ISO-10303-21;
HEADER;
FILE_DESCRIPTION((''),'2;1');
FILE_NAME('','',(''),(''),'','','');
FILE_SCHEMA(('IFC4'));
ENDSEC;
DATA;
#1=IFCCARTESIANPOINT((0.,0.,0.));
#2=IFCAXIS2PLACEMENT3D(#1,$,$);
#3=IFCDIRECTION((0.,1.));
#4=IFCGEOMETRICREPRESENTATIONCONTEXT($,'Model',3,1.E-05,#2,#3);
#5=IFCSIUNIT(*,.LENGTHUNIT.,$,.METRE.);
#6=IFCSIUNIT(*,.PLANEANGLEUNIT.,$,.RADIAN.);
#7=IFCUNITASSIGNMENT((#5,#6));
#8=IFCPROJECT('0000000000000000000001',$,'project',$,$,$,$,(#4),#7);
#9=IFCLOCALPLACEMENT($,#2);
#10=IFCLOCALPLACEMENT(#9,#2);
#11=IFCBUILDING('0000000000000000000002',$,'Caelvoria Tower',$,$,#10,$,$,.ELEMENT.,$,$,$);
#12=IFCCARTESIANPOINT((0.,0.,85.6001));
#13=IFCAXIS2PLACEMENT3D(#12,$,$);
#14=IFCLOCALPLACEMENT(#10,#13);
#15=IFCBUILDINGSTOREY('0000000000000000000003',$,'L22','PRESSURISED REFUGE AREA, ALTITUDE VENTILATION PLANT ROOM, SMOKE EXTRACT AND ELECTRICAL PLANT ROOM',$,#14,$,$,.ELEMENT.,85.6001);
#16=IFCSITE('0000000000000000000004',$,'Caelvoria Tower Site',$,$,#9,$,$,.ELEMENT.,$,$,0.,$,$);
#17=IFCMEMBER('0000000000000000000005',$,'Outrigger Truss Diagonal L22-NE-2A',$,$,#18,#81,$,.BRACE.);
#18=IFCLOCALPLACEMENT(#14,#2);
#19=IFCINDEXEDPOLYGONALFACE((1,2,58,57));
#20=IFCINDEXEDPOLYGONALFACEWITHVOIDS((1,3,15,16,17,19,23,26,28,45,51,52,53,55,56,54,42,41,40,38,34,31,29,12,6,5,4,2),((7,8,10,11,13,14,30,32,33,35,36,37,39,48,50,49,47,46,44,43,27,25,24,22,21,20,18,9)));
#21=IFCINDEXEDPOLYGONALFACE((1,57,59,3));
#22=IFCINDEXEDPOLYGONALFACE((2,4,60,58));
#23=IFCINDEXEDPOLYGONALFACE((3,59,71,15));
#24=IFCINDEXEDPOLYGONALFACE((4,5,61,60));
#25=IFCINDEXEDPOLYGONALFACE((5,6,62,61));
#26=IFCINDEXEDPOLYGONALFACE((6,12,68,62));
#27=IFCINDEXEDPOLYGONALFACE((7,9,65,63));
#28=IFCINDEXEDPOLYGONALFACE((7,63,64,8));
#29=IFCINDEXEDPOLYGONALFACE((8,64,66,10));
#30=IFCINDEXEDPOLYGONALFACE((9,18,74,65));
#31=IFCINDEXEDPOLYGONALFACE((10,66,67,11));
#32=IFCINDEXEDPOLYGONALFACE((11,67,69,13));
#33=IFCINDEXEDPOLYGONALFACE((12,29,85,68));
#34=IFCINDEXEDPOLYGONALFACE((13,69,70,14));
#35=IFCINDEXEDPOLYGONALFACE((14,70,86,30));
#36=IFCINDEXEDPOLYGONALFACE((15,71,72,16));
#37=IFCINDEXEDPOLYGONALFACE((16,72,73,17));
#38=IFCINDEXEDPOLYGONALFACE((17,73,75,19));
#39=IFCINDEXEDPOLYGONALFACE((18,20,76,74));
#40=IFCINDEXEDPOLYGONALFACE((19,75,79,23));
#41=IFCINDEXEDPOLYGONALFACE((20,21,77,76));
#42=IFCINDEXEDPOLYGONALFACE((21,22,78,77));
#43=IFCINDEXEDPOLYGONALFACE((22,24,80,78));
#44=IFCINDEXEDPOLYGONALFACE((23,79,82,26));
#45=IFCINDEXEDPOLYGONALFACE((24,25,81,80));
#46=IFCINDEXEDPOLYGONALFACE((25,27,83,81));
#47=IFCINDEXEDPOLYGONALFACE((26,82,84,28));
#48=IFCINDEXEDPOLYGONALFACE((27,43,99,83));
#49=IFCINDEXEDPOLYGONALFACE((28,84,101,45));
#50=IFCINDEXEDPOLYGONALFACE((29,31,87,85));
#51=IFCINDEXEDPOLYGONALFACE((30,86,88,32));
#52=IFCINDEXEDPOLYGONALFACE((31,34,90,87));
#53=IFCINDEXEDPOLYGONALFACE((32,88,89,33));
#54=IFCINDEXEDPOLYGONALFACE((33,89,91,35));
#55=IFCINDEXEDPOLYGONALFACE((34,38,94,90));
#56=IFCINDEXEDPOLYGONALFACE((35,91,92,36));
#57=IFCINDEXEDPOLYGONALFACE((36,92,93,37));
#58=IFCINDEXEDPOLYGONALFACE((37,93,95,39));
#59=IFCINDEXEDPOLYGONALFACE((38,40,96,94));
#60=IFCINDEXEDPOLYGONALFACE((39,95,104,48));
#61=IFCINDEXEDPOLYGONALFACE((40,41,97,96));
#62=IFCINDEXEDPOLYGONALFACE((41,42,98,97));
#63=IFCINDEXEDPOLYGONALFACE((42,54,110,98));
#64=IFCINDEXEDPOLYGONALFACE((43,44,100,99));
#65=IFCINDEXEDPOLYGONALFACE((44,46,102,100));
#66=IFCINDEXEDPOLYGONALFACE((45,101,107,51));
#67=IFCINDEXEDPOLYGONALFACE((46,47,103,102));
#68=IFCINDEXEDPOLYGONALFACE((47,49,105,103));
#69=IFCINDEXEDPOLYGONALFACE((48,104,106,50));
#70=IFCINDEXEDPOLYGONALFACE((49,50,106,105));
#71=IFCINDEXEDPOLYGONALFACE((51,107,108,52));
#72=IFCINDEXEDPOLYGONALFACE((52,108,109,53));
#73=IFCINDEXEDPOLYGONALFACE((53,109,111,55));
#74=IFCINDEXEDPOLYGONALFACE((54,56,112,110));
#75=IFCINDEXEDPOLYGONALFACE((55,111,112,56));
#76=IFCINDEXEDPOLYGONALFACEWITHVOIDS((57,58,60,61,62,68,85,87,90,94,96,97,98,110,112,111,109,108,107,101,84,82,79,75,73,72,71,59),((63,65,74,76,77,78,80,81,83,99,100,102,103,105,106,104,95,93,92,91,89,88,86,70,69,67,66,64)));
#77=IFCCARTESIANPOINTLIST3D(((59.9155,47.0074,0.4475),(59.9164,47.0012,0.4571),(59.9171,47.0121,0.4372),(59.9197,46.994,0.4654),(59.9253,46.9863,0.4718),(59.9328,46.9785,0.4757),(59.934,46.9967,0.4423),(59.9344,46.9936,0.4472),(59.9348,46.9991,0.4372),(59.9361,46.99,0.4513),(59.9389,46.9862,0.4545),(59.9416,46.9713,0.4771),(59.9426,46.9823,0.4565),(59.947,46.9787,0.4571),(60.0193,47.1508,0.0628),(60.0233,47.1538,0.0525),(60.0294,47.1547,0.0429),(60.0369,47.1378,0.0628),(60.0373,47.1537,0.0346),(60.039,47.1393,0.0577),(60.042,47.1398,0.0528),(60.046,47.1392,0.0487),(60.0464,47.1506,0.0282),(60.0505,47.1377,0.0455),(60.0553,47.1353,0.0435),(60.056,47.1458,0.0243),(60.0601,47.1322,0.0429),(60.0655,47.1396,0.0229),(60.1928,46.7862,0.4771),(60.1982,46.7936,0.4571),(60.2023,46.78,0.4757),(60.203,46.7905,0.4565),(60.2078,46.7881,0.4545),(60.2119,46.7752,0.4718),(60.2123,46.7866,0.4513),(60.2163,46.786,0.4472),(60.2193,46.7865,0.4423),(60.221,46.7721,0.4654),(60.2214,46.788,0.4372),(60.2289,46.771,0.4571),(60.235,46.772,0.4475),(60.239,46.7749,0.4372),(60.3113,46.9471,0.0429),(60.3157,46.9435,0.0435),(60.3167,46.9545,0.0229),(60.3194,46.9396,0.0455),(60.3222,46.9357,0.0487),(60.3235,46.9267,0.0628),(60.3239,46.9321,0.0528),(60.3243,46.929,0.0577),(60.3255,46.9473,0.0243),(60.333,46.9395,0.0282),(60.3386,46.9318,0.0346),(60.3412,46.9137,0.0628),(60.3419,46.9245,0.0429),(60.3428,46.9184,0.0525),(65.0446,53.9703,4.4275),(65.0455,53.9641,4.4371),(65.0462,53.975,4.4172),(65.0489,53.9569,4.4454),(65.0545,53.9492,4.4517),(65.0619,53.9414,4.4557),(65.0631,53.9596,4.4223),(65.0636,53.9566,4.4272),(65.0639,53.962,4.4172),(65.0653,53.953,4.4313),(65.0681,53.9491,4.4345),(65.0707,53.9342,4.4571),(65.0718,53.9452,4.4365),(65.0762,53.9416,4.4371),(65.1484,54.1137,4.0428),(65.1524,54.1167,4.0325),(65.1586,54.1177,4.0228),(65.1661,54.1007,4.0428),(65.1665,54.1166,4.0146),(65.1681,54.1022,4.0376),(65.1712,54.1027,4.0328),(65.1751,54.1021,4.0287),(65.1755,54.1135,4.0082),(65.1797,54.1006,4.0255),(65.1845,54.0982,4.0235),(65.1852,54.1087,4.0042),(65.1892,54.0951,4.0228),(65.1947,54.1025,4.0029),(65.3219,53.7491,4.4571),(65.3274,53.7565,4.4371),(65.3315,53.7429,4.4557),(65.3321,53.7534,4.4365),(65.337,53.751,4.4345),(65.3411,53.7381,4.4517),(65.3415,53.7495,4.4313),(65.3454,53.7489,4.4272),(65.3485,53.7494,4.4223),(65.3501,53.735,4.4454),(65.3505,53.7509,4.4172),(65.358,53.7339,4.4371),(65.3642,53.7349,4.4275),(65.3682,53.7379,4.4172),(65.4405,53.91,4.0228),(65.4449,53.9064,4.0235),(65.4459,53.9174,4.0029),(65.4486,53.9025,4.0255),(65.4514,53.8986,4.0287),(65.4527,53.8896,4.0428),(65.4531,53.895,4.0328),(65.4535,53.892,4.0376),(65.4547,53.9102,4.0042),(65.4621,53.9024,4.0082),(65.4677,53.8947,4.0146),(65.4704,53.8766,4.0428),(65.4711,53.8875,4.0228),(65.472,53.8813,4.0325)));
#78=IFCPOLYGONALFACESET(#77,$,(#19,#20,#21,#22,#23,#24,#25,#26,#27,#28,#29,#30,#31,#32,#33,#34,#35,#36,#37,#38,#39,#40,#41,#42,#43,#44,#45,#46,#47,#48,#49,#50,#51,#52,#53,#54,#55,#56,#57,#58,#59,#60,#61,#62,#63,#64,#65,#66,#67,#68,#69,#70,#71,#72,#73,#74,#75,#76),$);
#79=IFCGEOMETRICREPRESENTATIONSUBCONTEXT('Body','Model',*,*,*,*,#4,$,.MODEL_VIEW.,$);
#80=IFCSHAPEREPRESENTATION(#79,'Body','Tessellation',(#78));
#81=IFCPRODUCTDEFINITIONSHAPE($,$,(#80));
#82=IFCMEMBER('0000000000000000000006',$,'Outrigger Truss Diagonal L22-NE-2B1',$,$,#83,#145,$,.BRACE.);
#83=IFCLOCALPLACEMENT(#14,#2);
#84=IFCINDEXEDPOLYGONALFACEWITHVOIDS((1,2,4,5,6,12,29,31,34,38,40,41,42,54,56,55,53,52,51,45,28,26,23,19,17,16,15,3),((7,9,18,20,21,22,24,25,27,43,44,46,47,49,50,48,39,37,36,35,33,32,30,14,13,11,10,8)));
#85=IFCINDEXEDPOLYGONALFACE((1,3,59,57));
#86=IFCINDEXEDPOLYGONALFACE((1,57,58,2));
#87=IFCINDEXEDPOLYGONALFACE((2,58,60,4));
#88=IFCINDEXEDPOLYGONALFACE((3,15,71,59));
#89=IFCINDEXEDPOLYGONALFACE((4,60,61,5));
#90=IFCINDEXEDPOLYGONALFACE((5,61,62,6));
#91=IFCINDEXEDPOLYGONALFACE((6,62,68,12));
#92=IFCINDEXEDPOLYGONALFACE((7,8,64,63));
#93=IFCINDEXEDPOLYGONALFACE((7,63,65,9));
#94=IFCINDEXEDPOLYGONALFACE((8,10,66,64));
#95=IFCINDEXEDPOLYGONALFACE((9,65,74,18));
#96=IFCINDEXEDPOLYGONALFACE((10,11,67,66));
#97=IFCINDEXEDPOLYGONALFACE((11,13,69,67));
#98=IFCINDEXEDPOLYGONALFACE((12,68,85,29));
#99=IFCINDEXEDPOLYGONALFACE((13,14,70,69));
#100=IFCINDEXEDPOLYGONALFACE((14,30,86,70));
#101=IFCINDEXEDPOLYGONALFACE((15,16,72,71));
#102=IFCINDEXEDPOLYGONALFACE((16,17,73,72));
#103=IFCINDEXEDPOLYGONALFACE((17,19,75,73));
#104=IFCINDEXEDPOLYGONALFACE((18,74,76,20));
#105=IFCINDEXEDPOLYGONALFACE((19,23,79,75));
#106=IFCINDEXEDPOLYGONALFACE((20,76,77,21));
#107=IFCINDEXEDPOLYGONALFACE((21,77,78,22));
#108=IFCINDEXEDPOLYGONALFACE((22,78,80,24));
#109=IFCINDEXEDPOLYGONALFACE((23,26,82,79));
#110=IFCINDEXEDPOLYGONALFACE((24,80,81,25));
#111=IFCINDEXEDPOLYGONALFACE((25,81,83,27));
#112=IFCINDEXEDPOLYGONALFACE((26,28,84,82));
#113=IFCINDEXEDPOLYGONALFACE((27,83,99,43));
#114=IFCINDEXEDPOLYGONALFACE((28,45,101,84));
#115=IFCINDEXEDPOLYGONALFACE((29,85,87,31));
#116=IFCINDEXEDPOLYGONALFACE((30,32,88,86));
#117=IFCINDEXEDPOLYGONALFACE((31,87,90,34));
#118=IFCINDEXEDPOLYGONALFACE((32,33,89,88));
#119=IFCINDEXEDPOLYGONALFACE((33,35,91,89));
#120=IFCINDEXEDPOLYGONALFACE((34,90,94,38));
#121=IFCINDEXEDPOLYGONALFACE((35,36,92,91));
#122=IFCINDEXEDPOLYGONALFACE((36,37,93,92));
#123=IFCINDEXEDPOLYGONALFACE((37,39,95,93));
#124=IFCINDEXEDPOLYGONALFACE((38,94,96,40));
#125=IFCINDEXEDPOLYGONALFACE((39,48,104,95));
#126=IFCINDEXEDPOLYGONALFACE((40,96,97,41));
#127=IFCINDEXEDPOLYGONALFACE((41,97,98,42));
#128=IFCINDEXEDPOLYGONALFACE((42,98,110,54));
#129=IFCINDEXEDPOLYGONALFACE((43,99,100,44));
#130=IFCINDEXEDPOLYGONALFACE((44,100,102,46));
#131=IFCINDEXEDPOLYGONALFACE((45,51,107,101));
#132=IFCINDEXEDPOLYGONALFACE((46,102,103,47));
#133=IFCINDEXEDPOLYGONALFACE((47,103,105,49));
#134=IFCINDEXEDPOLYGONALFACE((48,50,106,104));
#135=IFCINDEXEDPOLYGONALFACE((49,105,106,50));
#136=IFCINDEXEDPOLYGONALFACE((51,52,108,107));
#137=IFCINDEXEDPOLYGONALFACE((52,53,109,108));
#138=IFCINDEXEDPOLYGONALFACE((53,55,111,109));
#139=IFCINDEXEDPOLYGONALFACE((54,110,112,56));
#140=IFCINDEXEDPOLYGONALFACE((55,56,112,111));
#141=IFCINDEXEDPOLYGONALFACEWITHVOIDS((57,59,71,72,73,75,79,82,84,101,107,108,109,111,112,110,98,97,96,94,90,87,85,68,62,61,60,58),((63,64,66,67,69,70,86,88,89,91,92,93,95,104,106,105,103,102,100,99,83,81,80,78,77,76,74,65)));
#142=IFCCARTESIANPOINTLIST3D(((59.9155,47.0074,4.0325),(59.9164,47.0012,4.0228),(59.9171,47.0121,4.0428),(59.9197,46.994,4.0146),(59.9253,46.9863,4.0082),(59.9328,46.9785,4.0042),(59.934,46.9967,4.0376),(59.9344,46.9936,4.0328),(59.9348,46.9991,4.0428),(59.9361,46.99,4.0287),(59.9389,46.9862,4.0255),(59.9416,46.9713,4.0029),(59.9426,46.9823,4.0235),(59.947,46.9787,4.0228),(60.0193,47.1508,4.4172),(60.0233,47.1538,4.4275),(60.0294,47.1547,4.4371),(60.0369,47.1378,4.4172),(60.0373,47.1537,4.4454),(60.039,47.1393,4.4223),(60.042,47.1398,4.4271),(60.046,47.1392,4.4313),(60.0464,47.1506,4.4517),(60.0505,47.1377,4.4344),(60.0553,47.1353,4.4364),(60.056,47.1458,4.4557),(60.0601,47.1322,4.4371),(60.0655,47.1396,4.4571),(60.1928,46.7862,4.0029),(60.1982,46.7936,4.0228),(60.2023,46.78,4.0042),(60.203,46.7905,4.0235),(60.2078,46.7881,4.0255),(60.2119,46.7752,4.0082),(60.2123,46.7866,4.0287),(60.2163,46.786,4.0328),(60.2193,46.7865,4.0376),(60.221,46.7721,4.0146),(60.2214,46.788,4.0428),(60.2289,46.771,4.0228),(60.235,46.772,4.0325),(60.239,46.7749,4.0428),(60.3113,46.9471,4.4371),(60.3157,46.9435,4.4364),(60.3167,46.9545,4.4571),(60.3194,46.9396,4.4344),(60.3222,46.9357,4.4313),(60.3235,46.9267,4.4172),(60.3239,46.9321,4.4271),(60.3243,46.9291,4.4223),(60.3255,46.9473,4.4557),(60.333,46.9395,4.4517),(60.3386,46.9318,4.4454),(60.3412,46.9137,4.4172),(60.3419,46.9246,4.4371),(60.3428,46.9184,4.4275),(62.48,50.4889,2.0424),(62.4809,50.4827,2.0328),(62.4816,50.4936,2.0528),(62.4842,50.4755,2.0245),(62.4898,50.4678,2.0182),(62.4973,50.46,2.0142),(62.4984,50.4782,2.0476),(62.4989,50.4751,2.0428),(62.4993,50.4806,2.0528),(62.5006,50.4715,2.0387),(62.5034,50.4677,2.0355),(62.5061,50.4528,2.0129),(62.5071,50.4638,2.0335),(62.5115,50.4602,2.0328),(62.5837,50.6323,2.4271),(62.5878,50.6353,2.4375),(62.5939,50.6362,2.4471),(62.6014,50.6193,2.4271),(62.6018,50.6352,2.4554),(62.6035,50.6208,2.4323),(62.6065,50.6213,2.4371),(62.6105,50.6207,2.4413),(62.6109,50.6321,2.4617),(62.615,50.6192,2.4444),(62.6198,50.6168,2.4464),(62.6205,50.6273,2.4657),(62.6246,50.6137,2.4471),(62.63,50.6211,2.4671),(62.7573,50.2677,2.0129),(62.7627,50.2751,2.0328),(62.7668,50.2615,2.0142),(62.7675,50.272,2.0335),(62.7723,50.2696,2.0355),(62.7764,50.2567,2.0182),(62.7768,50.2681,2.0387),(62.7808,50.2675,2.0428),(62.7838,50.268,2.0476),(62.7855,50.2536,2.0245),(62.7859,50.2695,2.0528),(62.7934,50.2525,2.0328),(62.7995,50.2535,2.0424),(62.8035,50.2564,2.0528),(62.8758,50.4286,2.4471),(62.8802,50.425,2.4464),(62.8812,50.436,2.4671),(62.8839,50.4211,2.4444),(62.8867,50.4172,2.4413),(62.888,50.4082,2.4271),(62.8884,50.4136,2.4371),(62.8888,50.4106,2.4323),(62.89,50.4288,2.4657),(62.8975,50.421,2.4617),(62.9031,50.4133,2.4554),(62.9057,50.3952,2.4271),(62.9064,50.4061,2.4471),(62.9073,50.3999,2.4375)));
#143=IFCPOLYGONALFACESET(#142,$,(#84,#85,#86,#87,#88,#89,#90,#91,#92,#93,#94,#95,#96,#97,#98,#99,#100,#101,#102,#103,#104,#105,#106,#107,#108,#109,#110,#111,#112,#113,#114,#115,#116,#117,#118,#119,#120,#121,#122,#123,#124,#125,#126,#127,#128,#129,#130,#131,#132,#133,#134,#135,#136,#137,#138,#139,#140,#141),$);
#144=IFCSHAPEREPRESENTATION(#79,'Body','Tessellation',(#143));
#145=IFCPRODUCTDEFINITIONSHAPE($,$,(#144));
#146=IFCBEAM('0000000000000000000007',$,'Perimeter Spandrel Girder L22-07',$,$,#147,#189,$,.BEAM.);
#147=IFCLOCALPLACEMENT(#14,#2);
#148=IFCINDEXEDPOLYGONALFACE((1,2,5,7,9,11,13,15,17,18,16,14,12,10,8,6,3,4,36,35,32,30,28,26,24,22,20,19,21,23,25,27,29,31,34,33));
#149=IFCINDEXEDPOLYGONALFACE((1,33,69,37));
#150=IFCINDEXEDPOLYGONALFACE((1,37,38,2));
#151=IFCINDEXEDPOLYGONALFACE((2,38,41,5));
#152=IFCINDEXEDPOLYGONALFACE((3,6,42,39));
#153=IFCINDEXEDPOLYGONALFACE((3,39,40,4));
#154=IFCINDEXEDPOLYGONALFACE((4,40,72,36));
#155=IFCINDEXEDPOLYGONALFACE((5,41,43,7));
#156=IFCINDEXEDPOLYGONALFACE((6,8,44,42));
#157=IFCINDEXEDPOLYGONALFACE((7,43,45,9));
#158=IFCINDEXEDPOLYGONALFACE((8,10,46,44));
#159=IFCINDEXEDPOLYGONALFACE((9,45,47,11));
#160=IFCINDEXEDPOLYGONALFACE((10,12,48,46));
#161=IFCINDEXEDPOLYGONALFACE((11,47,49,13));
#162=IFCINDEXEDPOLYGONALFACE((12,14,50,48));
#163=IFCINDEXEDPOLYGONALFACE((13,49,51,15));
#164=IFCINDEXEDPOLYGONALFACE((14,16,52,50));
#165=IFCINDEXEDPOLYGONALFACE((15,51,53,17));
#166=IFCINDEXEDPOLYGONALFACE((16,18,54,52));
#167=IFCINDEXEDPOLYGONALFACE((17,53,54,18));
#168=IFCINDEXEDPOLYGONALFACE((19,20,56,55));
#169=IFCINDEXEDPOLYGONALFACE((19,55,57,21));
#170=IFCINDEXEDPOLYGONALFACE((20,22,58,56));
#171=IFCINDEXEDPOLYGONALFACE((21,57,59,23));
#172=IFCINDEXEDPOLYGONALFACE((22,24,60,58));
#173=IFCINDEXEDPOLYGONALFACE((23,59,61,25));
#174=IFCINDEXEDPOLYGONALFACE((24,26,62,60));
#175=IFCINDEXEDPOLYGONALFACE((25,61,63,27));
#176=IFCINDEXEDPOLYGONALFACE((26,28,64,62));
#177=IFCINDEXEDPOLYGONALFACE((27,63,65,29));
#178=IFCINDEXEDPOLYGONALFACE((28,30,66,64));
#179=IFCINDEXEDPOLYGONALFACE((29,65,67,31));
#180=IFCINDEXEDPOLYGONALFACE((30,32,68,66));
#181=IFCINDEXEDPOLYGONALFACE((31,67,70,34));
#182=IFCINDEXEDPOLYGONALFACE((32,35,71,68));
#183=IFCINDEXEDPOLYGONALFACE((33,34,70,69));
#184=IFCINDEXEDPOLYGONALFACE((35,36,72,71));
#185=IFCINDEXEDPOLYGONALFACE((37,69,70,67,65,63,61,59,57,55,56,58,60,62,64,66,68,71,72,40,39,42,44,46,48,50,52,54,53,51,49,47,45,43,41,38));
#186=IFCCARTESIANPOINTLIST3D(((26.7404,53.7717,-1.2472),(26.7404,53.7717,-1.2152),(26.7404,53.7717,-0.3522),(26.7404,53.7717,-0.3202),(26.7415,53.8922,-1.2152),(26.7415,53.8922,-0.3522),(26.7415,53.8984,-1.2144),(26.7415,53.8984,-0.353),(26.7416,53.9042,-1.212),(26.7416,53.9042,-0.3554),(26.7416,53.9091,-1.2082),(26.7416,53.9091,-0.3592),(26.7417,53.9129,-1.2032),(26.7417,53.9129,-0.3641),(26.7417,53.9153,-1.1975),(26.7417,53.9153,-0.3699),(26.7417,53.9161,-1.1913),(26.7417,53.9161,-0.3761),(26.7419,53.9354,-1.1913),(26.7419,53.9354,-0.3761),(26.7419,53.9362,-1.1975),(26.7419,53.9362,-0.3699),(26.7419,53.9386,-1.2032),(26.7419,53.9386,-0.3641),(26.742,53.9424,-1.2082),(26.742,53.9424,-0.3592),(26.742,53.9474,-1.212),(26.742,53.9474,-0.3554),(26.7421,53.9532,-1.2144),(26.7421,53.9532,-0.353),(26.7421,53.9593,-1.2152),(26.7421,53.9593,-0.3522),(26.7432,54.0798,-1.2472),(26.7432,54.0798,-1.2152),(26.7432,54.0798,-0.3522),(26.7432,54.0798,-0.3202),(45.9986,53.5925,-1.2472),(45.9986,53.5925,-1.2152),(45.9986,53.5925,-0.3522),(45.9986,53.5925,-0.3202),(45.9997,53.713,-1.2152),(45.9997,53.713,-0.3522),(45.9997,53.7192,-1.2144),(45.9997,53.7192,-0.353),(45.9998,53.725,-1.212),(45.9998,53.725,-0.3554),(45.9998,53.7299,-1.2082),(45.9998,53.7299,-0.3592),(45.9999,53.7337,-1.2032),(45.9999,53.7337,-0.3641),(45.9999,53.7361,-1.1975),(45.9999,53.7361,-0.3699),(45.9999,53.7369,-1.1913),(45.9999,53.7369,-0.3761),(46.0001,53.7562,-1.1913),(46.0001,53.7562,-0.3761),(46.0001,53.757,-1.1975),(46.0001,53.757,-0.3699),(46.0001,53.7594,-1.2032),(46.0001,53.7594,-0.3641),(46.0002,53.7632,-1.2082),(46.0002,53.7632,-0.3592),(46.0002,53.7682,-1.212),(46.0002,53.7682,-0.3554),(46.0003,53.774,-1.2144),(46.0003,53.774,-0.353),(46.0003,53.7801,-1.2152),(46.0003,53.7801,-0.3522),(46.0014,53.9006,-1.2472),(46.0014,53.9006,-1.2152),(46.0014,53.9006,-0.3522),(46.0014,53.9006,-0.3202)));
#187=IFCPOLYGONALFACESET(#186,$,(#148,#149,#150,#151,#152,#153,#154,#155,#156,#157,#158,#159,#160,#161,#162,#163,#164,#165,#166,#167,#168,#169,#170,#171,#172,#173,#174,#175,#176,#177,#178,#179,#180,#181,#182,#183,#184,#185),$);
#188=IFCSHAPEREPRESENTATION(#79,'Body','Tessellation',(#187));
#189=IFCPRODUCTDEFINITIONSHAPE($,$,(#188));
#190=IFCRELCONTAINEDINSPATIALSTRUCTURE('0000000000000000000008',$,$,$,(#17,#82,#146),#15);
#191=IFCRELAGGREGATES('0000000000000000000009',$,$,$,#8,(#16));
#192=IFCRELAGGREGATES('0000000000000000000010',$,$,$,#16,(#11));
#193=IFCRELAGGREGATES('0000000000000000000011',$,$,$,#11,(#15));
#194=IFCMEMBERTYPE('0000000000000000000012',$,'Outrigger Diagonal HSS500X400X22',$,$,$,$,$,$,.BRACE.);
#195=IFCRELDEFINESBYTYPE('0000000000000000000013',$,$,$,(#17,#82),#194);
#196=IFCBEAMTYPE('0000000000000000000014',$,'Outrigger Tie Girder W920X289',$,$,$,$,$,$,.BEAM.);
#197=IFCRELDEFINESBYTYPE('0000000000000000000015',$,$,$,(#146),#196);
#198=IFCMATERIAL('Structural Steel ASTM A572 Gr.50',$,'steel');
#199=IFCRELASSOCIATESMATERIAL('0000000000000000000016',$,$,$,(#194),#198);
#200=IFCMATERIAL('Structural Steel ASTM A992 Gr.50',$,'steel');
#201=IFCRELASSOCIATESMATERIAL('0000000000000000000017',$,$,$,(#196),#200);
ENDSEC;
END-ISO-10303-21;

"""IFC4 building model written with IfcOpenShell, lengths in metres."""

from ifc_helpers import new_model, si_unit, direction, frame, origin, origin_2d, place, context, subcontext, project, spatial, hollow_rectangle, i_section, extrude, material, material_profile, profile_set, type_object, element, save


model = new_model("IFC4")

# Units and contexts
model_context = context("Model", 3, precision=1e-05, world=origin(), true_north=direction((0.0, 1.0)))
body_context = subcontext(model_context, "Body", "Model", "MODEL_VIEW")
ifc_project = project(units=[si_unit("LENGTHUNIT", "METRE"), si_unit("PLANEANGLEUNIT", "RADIAN")], contexts=[model_context])

# Site, building, storey
site_placement = place(None, origin())
site = spatial("IfcSite", under=ifc_project, at=site_placement, Name="Caelvoria Tower Site", CompositionType="ELEMENT", RefElevation=0.0)
building_placement = place(site_placement, origin())
building = spatial("IfcBuilding", under=site, at=building_placement, Name="Caelvoria Tower", CompositionType="ELEMENT")
storey_placement = place(building_placement, frame((0.0, 0.0, 85.6001)))
storey = spatial("IfcBuildingStorey", under=building, at=storey_placement, Name="L22", Description="PRESSURISED REFUGE AREA, ALTITUDE VENTILATION PLANT ROOM, SMOKE EXTRACT AND ELECTRICAL PLANT ROOM", CompositionType="ELEMENT", Elevation=85.6001)

# Members
ifc_material_1 = material(Name="Structural Steel ASTM A572 Gr.50", Category="steel")
ifc_material_profile_1 = material_profile(ifc_material_1, hollow_rectangle(XDim=0.3999, YDim=0.5, WallThickness=0.022, InnerFilletRadius=0.022, OuterFilletRadius=0.0439, at=origin_2d()), Name="Structural Steel ASTM A572 Gr.50")
ifc_profile_set_1 = profile_set([ifc_material_profile_1], Name="HSS500X400X22 - Structural Steel ASTM A572 Gr.50")
member_type_1 = type_object("IfcMemberType", Name="Outrigger Diagonal HSS500X400X22", PredefinedType="BRACE", material=ifc_profile_set_1)
member_1_placement = place(storey_placement, frame((60.1292, 46.9629, 0.25), z_axis=(0.538777, 0.731397, 0.418065), x_axis=(-0.805133, 0.593094, 0.0)))
element("IfcMember", 1, at=member_1_placement, inside=storey, type_object=member_type_1, Name="Outrigger Truss Diagonal L22-NE-2A", PredefinedType="BRACE", context=body_context, shape_type="SweptSolid", body=[
    extrude(hollow_rectangle(XDim=0.3999, YDim=0.5, WallThickness=0.022, InnerFilletRadius=0.022, OuterFilletRadius=0.0439, at=origin_2d()), origin(), (0.0, 0.0, 1.0), 9.52),
])
member_2_placement = place(storey_placement, frame((60.1292, 46.9629, 4.23), z_axis=(0.538758, 0.731407, -0.418071), x_axis=(-0.805147, 0.593076, 0.0)))
element("IfcMember", 2, at=member_2_placement, inside=storey, type_object=member_type_1, Name="Outrigger Truss Diagonal L22-NE-2B1", PredefinedType="BRACE", context=body_context, shape_type="SweptSolid", body=[
    extrude(hollow_rectangle(XDim=0.3999, YDim=0.5, WallThickness=0.022, InnerFilletRadius=0.022, OuterFilletRadius=0.0439, at=origin_2d()), origin(), (0.0, 0.0, 1.0), 4.76),
])

# Beam
ifc_material_2 = material(Name="Structural Steel ASTM A992 Gr.50", Category="steel")
ifc_material_profile_2 = material_profile(ifc_material_2, i_section(OverallWidth=0.3081, OverallDepth=0.927, WebThickness=0.0193, FlangeThickness=0.032, FilletRadius=0.0239, at=origin_2d()), Name="Structural Steel ASTM A992 Gr.50")
ifc_profile_set_2 = profile_set([ifc_material_profile_2], Name="W920X289 - Structural Steel ASTM A992 Gr.50")
beam_type_1 = type_object("IfcBeamType", Name="Outrigger Tie Girder W920X289", PredefinedType="BEAM", material=ifc_profile_set_2)
beam_1_placement = place(storey_placement, frame((46.0, 53.7466, -0.7837), z_axis=(-0.999957, 0.009305, 0.0), x_axis=(-0.009305, -0.999957, 0.0)))
element("IfcBeam", 3, at=beam_1_placement, inside=storey, type_object=beam_type_1, Name="Perimeter Spandrel Girder L22-07", PredefinedType="BEAM", context=body_context, shape_type="SweptSolid", body=[
    extrude(i_section(OverallWidth=0.3081, OverallDepth=0.927, WebThickness=0.0193, FlangeThickness=0.032, FilletRadius=0.0239, at=origin_2d()), origin(), (0.0, 0.0, 1.0), 19.259),
])

save(model, "model.ifc")
